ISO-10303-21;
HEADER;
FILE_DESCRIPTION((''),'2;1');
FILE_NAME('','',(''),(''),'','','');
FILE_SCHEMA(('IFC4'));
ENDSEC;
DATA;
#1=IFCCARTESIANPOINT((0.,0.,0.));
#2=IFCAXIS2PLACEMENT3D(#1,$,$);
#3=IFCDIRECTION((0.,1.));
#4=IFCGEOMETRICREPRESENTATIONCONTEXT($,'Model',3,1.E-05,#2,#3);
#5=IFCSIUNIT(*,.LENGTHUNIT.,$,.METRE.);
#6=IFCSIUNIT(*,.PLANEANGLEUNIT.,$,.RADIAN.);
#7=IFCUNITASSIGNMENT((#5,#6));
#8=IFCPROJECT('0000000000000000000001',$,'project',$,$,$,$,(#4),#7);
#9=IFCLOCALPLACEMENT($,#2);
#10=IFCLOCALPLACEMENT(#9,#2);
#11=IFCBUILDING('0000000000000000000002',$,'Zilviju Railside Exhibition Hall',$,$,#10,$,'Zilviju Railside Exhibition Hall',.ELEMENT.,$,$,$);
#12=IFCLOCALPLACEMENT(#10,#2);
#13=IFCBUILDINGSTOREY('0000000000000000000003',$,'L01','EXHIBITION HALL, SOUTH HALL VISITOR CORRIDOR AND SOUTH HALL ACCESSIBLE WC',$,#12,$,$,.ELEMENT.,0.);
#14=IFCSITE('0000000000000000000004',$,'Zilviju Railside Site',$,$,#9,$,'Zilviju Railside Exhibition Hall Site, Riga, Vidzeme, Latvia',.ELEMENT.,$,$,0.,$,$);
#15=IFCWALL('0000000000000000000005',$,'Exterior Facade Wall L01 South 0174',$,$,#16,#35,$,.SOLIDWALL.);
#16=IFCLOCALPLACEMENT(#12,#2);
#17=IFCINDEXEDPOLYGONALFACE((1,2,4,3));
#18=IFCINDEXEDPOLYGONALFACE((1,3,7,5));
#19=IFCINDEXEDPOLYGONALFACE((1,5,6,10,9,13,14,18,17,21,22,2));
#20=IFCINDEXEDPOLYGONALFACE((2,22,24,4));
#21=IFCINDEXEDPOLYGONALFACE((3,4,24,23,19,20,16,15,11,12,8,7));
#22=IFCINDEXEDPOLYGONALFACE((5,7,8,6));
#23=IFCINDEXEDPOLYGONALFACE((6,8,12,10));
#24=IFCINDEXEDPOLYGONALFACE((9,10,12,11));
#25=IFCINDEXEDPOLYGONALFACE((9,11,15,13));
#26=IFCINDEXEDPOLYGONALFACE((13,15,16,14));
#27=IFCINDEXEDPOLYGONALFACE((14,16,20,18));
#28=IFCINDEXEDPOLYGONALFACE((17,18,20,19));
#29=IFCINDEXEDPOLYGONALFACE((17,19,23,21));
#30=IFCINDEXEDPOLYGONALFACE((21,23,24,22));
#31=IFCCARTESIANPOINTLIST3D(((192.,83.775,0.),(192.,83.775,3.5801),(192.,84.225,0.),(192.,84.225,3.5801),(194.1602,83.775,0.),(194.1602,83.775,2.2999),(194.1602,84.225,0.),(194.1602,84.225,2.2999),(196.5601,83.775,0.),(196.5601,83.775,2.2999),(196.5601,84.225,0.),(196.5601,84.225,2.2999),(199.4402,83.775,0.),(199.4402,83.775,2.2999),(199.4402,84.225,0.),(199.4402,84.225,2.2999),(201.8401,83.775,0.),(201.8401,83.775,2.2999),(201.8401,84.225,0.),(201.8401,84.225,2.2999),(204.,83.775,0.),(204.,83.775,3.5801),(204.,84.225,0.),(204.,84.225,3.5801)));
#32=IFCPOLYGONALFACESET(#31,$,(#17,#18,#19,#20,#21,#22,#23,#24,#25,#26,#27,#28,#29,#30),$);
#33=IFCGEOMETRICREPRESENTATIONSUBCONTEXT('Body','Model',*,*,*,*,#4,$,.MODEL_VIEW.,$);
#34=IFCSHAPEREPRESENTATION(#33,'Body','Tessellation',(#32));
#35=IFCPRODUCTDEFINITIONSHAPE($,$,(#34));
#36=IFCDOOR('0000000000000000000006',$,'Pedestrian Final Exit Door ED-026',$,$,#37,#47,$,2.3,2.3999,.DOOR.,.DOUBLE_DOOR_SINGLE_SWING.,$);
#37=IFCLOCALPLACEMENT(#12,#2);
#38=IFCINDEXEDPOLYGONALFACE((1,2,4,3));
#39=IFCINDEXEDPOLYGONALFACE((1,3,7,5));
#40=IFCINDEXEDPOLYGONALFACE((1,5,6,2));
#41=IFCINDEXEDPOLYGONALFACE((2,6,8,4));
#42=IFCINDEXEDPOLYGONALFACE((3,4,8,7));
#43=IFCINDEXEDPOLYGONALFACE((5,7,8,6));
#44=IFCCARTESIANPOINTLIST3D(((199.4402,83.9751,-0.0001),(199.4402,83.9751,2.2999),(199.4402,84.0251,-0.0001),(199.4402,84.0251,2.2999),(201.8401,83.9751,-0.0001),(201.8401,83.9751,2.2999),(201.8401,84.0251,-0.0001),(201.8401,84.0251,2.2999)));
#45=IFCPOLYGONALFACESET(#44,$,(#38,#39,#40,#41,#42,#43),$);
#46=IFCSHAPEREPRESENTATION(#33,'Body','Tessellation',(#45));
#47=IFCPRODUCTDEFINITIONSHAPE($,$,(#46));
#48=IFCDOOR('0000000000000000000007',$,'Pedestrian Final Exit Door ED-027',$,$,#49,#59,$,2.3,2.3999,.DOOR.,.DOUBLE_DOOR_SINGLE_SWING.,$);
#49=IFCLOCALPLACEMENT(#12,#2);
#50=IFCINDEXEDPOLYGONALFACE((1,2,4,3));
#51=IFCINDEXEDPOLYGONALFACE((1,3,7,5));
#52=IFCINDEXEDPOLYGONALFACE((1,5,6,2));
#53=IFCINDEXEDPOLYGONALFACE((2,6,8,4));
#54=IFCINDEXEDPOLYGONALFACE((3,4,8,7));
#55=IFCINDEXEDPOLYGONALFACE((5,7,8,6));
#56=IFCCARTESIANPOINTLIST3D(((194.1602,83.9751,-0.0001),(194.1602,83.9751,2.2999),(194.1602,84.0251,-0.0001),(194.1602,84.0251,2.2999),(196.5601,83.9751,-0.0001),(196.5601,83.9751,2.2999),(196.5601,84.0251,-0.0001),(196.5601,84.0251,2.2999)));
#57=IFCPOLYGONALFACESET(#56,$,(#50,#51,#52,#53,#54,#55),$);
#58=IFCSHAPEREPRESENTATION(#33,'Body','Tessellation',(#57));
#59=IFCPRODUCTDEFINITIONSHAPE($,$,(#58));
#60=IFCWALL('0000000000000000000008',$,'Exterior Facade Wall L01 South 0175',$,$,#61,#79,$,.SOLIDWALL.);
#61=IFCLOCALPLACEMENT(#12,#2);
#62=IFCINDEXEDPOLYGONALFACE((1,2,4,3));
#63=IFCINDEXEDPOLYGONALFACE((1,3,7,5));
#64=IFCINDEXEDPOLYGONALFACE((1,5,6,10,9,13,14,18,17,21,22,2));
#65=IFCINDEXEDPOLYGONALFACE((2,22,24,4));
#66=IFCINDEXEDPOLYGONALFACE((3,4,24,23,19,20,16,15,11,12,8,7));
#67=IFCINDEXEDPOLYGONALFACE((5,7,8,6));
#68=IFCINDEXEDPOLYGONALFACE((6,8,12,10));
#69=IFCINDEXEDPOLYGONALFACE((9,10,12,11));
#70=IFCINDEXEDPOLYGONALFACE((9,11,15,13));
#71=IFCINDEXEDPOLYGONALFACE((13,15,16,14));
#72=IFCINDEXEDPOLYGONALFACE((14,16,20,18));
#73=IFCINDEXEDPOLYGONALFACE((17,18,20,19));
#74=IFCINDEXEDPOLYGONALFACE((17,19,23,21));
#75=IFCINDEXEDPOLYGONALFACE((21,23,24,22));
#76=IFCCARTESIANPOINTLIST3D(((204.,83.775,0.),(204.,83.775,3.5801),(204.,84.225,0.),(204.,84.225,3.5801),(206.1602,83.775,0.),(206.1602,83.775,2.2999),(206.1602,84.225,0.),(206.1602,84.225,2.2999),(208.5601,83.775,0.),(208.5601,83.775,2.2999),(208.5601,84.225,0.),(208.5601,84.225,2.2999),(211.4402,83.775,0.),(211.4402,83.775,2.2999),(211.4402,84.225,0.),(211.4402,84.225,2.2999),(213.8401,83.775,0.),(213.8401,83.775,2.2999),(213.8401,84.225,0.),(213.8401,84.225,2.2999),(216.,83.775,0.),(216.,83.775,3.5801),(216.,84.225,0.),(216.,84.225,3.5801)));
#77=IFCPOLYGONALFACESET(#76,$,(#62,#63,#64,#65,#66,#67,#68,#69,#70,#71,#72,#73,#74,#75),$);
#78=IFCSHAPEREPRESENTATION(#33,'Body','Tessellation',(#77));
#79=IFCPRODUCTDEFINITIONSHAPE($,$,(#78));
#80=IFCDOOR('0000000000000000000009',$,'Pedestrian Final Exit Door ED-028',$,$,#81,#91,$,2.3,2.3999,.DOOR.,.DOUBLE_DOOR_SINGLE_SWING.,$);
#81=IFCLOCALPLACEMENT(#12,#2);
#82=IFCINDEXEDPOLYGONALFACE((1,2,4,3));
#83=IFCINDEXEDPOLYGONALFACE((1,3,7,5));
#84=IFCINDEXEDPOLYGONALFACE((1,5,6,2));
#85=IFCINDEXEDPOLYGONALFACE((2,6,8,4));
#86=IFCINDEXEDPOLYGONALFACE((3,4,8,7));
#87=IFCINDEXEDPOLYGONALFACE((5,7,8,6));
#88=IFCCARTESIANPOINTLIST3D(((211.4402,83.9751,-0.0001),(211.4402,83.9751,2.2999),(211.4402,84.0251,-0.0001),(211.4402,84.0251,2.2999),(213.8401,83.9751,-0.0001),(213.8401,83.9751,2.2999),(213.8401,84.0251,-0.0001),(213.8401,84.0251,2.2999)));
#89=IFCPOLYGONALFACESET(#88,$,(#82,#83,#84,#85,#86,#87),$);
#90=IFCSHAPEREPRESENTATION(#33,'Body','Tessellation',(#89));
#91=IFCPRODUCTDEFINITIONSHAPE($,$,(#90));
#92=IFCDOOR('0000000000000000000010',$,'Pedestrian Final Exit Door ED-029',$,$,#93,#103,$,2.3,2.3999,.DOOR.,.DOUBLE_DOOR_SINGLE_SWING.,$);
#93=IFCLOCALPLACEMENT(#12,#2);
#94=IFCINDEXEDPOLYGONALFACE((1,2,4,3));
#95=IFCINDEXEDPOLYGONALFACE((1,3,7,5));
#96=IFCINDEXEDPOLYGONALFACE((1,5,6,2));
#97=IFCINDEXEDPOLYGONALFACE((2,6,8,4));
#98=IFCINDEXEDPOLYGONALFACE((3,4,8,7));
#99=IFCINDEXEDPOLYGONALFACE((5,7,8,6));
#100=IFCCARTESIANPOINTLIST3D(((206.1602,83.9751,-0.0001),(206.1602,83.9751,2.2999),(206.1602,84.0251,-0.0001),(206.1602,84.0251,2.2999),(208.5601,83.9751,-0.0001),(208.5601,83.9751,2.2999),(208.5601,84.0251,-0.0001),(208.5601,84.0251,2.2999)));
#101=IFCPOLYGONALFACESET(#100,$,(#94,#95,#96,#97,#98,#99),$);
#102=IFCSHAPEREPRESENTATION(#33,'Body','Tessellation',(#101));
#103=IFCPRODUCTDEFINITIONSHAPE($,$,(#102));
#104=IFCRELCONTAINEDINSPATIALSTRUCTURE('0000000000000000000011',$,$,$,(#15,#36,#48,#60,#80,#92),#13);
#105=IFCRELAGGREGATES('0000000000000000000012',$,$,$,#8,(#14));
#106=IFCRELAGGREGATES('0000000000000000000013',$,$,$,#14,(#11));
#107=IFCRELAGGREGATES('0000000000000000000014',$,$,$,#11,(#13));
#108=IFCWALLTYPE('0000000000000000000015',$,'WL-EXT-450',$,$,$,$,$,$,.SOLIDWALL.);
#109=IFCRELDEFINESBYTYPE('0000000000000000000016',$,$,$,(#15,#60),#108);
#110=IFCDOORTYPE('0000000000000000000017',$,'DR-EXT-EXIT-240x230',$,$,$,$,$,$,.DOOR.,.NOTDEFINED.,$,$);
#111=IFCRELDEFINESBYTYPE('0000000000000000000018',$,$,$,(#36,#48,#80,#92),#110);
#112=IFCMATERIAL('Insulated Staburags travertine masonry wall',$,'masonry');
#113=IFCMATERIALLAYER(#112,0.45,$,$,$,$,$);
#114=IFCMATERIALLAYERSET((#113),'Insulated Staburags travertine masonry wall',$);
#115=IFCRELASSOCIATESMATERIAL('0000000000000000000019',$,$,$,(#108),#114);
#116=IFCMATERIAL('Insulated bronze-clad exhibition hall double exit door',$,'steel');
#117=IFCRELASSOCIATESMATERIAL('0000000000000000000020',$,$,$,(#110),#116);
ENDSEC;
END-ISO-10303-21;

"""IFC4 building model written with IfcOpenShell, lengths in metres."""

from ifc_helpers import new_model, si_unit, direction, frame, frame_2d, origin, place, context, subcontext, project, spatial, rectangle, extrude, material, layer, layer_set, type_object, element, fill, save


model = new_model("IFC4")

# Units and contexts
model_context = context("Model", 3, precision=1e-05, world=origin(), true_north=direction((0.0, 1.0)))
body_context = subcontext(model_context, "Body", "Model", "MODEL_VIEW")
ifc_project = project(units=[si_unit("LENGTHUNIT", "METRE"), si_unit("PLANEANGLEUNIT", "RADIAN")], contexts=[model_context])

# Site, building, storey
site_placement = place(None, origin())
site = spatial("IfcSite", under=ifc_project, at=site_placement, Name="Zilviju Railside Site", LongName="Zilviju Railside Exhibition Hall Site, Riga, Vidzeme, Latvia", CompositionType="ELEMENT", RefElevation=0.0)
building_placement = place(site_placement, origin())
building = spatial("IfcBuilding", under=site, at=building_placement, Name="Zilviju Railside Exhibition Hall", LongName="Zilviju Railside Exhibition Hall", CompositionType="ELEMENT")
storey_placement = place(building_placement, origin())
storey = spatial("IfcBuildingStorey", under=building, at=storey_placement, Name="L01", Description="EXHIBITION HALL, SOUTH HALL VISITOR CORRIDOR AND SOUTH HALL ACCESSIBLE WC", CompositionType="ELEMENT", Elevation=0.0)

# Shared definitions
ifc_material_1 = material(Name="Insulated Staburags travertine masonry wall", Category="masonry")
ifc_layer_1 = layer(ifc_material_1, 0.45)
ifc_layer_set_1 = layer_set([ifc_layer_1], Name="Insulated Staburags travertine masonry wall")
wall_type_1 = type_object("IfcWallType", Name="WL-EXT-450", PredefinedType="SOLIDWALL", material=ifc_layer_set_1)

# Walls, openings, doors
wall_1_placement = place(storey_placement, frame((204.0, 84.0, 0.0), z_axis=(0.0, 0.0, 1.0), x_axis=(-1.0, 0.0, 0.0)))
wall_1 = element("IfcWall", 1, at=wall_1_placement, inside=storey, type_object=wall_type_1, Name="Exterior Facade Wall L01 South 0174", PredefinedType="SOLIDWALL", context=body_context, shape_type="SweptSolid", body=[
    extrude(rectangle(XDim=12.0, YDim=0.45, at=frame_2d((6.0, 0.0))), origin(), (0.0, 0.0, 1.0), 3.5801),
])
opening_1_placement = place(wall_1_placement, frame((2.1599, 0.0, 0.0)))
opening_1 = element("IfcOpeningElement", 2, at=opening_1_placement, cuts=wall_1, PredefinedType="OPENING", context=body_context, shape_type="SweptSolid", body=[
    extrude(rectangle(XDim=2.3999, YDim=2.3, at=frame_2d((1.2, 1.1499))), frame((0.0, 0.2349, 0.0), z_axis=(0.0, -1.0, 0.0), x_axis=(1.0, 0.0, 0.0)), (0.0, 0.0, 1.0), 0.47),
])
opening_2_placement = place(wall_1_placement, frame((7.4399, 0.0, 0.0)))
opening_2 = element("IfcOpeningElement", 3, at=opening_2_placement, cuts=wall_1, PredefinedType="OPENING", context=body_context, shape_type="SweptSolid", body=[
    extrude(rectangle(XDim=2.3999, YDim=2.3, at=frame_2d((1.2, 1.1499))), frame((0.0, 0.2349, 0.0), z_axis=(0.0, -1.0, 0.0), x_axis=(1.0, 0.0, 0.0)), (0.0, 0.0, 1.0), 0.47),
])
ifc_material_2 = material(Name="Insulated bronze-clad exhibition hall double exit door", Category="steel")
door_type = type_object("IfcDoorType", Name="DR-EXT-EXIT-240x230", OperationType="NOTDEFINED", PredefinedType="DOOR", material=ifc_material_2)
door_1_placement = place(opening_1_placement, origin())
door_1 = element("IfcDoor", 4, at=door_1_placement, inside=storey, type_object=door_type, Name="Pedestrian Final Exit Door ED-026", OperationType="DOUBLE_DOOR_SINGLE_SWING", OverallHeight=2.3, OverallWidth=2.3999, PredefinedType="DOOR", context=body_context, shape_type="SweptSolid", body=[
    extrude(rectangle(XDim=2.3999, YDim=2.3, at=frame_2d((1.2, 1.1499))), frame((0.0, 0.0249, 0.0), z_axis=(0.0, -1.0, 0.0), x_axis=(1.0, 0.0, 0.0)), (0.0, 0.0, 1.0), 0.05),
])
fill(opening_1, door_1)
door_2_placement = place(opening_2_placement, origin())
door_2 = element("IfcDoor", 5, at=door_2_placement, inside=storey, type_object=door_type, Name="Pedestrian Final Exit Door ED-027", OperationType="DOUBLE_DOOR_SINGLE_SWING", OverallHeight=2.3, OverallWidth=2.3999, PredefinedType="DOOR", context=body_context, shape_type="SweptSolid", body=[
    extrude(rectangle(XDim=2.3999, YDim=2.3, at=frame_2d((1.2, 1.1499))), frame((0.0, 0.0249, 0.0), z_axis=(0.0, -1.0, 0.0), x_axis=(1.0, 0.0, 0.0)), (0.0, 0.0, 1.0), 0.05),
])
fill(opening_2, door_2)
wall_2_placement = place(storey_placement, frame((216.0, 84.0, 0.0), z_axis=(0.0, 0.0, 1.0), x_axis=(-1.0, 0.0, 0.0)))
wall_2 = element("IfcWall", 6, at=wall_2_placement, inside=storey, type_object=wall_type_1, Name="Exterior Facade Wall L01 South 0175", PredefinedType="SOLIDWALL", context=body_context, shape_type="SweptSolid", body=[
    extrude(rectangle(XDim=12.0, YDim=0.45, at=frame_2d((6.0, 0.0))), origin(), (0.0, 0.0, 1.0), 3.5801),
])
opening_3_placement = place(wall_2_placement, frame((2.1599, 0.0, 0.0)))
opening_3 = element("IfcOpeningElement", 7, at=opening_3_placement, cuts=wall_2, PredefinedType="OPENING", context=body_context, shape_type="SweptSolid", body=[
    extrude(rectangle(XDim=2.3999, YDim=2.3, at=frame_2d((1.2, 1.1499))), frame((0.0, 0.2349, 0.0), z_axis=(0.0, -1.0, 0.0), x_axis=(1.0, 0.0, 0.0)), (0.0, 0.0, 1.0), 0.47),
])
opening_4_placement = place(wall_2_placement, frame((7.4399, 0.0, 0.0)))
opening_4 = element("IfcOpeningElement", 8, at=opening_4_placement, cuts=wall_2, PredefinedType="OPENING", context=body_context, shape_type="SweptSolid", body=[
    extrude(rectangle(XDim=2.3999, YDim=2.3, at=frame_2d((1.2, 1.1499))), frame((0.0, 0.2349, 0.0), z_axis=(0.0, -1.0, 0.0), x_axis=(1.0, 0.0, 0.0)), (0.0, 0.0, 1.0), 0.47),
])
door_3_placement = place(opening_3_placement, origin())
door_3 = element("IfcDoor", 9, at=door_3_placement, inside=storey, type_object=door_type, Name="Pedestrian Final Exit Door ED-028", OperationType="DOUBLE_DOOR_SINGLE_SWING", OverallHeight=2.3, OverallWidth=2.3999, PredefinedType="DOOR", context=body_context, shape_type="SweptSolid", body=[
    extrude(rectangle(XDim=2.3999, YDim=2.3, at=frame_2d((1.2, 1.1499))), frame((0.0, 0.0249, 0.0), z_axis=(0.0, -1.0, 0.0), x_axis=(1.0, 0.0, 0.0)), (0.0, 0.0, 1.0), 0.05),
])
fill(opening_3, door_3)
door_4_placement = place(opening_4_placement, origin())
door_4 = element("IfcDoor", 10, at=door_4_placement, inside=storey, type_object=door_type, Name="Pedestrian Final Exit Door ED-029", OperationType="DOUBLE_DOOR_SINGLE_SWING", OverallHeight=2.3, OverallWidth=2.3999, PredefinedType="DOOR", context=body_context, shape_type="SweptSolid", body=[
    extrude(rectangle(XDim=2.3999, YDim=2.3, at=frame_2d((1.2, 1.1499))), frame((0.0, 0.0249, 0.0), z_axis=(0.0, -1.0, 0.0), x_axis=(1.0, 0.0, 0.0)), (0.0, 0.0, 1.0), 0.05),
])
fill(opening_4, door_4)

save(model, "model.ifc")
